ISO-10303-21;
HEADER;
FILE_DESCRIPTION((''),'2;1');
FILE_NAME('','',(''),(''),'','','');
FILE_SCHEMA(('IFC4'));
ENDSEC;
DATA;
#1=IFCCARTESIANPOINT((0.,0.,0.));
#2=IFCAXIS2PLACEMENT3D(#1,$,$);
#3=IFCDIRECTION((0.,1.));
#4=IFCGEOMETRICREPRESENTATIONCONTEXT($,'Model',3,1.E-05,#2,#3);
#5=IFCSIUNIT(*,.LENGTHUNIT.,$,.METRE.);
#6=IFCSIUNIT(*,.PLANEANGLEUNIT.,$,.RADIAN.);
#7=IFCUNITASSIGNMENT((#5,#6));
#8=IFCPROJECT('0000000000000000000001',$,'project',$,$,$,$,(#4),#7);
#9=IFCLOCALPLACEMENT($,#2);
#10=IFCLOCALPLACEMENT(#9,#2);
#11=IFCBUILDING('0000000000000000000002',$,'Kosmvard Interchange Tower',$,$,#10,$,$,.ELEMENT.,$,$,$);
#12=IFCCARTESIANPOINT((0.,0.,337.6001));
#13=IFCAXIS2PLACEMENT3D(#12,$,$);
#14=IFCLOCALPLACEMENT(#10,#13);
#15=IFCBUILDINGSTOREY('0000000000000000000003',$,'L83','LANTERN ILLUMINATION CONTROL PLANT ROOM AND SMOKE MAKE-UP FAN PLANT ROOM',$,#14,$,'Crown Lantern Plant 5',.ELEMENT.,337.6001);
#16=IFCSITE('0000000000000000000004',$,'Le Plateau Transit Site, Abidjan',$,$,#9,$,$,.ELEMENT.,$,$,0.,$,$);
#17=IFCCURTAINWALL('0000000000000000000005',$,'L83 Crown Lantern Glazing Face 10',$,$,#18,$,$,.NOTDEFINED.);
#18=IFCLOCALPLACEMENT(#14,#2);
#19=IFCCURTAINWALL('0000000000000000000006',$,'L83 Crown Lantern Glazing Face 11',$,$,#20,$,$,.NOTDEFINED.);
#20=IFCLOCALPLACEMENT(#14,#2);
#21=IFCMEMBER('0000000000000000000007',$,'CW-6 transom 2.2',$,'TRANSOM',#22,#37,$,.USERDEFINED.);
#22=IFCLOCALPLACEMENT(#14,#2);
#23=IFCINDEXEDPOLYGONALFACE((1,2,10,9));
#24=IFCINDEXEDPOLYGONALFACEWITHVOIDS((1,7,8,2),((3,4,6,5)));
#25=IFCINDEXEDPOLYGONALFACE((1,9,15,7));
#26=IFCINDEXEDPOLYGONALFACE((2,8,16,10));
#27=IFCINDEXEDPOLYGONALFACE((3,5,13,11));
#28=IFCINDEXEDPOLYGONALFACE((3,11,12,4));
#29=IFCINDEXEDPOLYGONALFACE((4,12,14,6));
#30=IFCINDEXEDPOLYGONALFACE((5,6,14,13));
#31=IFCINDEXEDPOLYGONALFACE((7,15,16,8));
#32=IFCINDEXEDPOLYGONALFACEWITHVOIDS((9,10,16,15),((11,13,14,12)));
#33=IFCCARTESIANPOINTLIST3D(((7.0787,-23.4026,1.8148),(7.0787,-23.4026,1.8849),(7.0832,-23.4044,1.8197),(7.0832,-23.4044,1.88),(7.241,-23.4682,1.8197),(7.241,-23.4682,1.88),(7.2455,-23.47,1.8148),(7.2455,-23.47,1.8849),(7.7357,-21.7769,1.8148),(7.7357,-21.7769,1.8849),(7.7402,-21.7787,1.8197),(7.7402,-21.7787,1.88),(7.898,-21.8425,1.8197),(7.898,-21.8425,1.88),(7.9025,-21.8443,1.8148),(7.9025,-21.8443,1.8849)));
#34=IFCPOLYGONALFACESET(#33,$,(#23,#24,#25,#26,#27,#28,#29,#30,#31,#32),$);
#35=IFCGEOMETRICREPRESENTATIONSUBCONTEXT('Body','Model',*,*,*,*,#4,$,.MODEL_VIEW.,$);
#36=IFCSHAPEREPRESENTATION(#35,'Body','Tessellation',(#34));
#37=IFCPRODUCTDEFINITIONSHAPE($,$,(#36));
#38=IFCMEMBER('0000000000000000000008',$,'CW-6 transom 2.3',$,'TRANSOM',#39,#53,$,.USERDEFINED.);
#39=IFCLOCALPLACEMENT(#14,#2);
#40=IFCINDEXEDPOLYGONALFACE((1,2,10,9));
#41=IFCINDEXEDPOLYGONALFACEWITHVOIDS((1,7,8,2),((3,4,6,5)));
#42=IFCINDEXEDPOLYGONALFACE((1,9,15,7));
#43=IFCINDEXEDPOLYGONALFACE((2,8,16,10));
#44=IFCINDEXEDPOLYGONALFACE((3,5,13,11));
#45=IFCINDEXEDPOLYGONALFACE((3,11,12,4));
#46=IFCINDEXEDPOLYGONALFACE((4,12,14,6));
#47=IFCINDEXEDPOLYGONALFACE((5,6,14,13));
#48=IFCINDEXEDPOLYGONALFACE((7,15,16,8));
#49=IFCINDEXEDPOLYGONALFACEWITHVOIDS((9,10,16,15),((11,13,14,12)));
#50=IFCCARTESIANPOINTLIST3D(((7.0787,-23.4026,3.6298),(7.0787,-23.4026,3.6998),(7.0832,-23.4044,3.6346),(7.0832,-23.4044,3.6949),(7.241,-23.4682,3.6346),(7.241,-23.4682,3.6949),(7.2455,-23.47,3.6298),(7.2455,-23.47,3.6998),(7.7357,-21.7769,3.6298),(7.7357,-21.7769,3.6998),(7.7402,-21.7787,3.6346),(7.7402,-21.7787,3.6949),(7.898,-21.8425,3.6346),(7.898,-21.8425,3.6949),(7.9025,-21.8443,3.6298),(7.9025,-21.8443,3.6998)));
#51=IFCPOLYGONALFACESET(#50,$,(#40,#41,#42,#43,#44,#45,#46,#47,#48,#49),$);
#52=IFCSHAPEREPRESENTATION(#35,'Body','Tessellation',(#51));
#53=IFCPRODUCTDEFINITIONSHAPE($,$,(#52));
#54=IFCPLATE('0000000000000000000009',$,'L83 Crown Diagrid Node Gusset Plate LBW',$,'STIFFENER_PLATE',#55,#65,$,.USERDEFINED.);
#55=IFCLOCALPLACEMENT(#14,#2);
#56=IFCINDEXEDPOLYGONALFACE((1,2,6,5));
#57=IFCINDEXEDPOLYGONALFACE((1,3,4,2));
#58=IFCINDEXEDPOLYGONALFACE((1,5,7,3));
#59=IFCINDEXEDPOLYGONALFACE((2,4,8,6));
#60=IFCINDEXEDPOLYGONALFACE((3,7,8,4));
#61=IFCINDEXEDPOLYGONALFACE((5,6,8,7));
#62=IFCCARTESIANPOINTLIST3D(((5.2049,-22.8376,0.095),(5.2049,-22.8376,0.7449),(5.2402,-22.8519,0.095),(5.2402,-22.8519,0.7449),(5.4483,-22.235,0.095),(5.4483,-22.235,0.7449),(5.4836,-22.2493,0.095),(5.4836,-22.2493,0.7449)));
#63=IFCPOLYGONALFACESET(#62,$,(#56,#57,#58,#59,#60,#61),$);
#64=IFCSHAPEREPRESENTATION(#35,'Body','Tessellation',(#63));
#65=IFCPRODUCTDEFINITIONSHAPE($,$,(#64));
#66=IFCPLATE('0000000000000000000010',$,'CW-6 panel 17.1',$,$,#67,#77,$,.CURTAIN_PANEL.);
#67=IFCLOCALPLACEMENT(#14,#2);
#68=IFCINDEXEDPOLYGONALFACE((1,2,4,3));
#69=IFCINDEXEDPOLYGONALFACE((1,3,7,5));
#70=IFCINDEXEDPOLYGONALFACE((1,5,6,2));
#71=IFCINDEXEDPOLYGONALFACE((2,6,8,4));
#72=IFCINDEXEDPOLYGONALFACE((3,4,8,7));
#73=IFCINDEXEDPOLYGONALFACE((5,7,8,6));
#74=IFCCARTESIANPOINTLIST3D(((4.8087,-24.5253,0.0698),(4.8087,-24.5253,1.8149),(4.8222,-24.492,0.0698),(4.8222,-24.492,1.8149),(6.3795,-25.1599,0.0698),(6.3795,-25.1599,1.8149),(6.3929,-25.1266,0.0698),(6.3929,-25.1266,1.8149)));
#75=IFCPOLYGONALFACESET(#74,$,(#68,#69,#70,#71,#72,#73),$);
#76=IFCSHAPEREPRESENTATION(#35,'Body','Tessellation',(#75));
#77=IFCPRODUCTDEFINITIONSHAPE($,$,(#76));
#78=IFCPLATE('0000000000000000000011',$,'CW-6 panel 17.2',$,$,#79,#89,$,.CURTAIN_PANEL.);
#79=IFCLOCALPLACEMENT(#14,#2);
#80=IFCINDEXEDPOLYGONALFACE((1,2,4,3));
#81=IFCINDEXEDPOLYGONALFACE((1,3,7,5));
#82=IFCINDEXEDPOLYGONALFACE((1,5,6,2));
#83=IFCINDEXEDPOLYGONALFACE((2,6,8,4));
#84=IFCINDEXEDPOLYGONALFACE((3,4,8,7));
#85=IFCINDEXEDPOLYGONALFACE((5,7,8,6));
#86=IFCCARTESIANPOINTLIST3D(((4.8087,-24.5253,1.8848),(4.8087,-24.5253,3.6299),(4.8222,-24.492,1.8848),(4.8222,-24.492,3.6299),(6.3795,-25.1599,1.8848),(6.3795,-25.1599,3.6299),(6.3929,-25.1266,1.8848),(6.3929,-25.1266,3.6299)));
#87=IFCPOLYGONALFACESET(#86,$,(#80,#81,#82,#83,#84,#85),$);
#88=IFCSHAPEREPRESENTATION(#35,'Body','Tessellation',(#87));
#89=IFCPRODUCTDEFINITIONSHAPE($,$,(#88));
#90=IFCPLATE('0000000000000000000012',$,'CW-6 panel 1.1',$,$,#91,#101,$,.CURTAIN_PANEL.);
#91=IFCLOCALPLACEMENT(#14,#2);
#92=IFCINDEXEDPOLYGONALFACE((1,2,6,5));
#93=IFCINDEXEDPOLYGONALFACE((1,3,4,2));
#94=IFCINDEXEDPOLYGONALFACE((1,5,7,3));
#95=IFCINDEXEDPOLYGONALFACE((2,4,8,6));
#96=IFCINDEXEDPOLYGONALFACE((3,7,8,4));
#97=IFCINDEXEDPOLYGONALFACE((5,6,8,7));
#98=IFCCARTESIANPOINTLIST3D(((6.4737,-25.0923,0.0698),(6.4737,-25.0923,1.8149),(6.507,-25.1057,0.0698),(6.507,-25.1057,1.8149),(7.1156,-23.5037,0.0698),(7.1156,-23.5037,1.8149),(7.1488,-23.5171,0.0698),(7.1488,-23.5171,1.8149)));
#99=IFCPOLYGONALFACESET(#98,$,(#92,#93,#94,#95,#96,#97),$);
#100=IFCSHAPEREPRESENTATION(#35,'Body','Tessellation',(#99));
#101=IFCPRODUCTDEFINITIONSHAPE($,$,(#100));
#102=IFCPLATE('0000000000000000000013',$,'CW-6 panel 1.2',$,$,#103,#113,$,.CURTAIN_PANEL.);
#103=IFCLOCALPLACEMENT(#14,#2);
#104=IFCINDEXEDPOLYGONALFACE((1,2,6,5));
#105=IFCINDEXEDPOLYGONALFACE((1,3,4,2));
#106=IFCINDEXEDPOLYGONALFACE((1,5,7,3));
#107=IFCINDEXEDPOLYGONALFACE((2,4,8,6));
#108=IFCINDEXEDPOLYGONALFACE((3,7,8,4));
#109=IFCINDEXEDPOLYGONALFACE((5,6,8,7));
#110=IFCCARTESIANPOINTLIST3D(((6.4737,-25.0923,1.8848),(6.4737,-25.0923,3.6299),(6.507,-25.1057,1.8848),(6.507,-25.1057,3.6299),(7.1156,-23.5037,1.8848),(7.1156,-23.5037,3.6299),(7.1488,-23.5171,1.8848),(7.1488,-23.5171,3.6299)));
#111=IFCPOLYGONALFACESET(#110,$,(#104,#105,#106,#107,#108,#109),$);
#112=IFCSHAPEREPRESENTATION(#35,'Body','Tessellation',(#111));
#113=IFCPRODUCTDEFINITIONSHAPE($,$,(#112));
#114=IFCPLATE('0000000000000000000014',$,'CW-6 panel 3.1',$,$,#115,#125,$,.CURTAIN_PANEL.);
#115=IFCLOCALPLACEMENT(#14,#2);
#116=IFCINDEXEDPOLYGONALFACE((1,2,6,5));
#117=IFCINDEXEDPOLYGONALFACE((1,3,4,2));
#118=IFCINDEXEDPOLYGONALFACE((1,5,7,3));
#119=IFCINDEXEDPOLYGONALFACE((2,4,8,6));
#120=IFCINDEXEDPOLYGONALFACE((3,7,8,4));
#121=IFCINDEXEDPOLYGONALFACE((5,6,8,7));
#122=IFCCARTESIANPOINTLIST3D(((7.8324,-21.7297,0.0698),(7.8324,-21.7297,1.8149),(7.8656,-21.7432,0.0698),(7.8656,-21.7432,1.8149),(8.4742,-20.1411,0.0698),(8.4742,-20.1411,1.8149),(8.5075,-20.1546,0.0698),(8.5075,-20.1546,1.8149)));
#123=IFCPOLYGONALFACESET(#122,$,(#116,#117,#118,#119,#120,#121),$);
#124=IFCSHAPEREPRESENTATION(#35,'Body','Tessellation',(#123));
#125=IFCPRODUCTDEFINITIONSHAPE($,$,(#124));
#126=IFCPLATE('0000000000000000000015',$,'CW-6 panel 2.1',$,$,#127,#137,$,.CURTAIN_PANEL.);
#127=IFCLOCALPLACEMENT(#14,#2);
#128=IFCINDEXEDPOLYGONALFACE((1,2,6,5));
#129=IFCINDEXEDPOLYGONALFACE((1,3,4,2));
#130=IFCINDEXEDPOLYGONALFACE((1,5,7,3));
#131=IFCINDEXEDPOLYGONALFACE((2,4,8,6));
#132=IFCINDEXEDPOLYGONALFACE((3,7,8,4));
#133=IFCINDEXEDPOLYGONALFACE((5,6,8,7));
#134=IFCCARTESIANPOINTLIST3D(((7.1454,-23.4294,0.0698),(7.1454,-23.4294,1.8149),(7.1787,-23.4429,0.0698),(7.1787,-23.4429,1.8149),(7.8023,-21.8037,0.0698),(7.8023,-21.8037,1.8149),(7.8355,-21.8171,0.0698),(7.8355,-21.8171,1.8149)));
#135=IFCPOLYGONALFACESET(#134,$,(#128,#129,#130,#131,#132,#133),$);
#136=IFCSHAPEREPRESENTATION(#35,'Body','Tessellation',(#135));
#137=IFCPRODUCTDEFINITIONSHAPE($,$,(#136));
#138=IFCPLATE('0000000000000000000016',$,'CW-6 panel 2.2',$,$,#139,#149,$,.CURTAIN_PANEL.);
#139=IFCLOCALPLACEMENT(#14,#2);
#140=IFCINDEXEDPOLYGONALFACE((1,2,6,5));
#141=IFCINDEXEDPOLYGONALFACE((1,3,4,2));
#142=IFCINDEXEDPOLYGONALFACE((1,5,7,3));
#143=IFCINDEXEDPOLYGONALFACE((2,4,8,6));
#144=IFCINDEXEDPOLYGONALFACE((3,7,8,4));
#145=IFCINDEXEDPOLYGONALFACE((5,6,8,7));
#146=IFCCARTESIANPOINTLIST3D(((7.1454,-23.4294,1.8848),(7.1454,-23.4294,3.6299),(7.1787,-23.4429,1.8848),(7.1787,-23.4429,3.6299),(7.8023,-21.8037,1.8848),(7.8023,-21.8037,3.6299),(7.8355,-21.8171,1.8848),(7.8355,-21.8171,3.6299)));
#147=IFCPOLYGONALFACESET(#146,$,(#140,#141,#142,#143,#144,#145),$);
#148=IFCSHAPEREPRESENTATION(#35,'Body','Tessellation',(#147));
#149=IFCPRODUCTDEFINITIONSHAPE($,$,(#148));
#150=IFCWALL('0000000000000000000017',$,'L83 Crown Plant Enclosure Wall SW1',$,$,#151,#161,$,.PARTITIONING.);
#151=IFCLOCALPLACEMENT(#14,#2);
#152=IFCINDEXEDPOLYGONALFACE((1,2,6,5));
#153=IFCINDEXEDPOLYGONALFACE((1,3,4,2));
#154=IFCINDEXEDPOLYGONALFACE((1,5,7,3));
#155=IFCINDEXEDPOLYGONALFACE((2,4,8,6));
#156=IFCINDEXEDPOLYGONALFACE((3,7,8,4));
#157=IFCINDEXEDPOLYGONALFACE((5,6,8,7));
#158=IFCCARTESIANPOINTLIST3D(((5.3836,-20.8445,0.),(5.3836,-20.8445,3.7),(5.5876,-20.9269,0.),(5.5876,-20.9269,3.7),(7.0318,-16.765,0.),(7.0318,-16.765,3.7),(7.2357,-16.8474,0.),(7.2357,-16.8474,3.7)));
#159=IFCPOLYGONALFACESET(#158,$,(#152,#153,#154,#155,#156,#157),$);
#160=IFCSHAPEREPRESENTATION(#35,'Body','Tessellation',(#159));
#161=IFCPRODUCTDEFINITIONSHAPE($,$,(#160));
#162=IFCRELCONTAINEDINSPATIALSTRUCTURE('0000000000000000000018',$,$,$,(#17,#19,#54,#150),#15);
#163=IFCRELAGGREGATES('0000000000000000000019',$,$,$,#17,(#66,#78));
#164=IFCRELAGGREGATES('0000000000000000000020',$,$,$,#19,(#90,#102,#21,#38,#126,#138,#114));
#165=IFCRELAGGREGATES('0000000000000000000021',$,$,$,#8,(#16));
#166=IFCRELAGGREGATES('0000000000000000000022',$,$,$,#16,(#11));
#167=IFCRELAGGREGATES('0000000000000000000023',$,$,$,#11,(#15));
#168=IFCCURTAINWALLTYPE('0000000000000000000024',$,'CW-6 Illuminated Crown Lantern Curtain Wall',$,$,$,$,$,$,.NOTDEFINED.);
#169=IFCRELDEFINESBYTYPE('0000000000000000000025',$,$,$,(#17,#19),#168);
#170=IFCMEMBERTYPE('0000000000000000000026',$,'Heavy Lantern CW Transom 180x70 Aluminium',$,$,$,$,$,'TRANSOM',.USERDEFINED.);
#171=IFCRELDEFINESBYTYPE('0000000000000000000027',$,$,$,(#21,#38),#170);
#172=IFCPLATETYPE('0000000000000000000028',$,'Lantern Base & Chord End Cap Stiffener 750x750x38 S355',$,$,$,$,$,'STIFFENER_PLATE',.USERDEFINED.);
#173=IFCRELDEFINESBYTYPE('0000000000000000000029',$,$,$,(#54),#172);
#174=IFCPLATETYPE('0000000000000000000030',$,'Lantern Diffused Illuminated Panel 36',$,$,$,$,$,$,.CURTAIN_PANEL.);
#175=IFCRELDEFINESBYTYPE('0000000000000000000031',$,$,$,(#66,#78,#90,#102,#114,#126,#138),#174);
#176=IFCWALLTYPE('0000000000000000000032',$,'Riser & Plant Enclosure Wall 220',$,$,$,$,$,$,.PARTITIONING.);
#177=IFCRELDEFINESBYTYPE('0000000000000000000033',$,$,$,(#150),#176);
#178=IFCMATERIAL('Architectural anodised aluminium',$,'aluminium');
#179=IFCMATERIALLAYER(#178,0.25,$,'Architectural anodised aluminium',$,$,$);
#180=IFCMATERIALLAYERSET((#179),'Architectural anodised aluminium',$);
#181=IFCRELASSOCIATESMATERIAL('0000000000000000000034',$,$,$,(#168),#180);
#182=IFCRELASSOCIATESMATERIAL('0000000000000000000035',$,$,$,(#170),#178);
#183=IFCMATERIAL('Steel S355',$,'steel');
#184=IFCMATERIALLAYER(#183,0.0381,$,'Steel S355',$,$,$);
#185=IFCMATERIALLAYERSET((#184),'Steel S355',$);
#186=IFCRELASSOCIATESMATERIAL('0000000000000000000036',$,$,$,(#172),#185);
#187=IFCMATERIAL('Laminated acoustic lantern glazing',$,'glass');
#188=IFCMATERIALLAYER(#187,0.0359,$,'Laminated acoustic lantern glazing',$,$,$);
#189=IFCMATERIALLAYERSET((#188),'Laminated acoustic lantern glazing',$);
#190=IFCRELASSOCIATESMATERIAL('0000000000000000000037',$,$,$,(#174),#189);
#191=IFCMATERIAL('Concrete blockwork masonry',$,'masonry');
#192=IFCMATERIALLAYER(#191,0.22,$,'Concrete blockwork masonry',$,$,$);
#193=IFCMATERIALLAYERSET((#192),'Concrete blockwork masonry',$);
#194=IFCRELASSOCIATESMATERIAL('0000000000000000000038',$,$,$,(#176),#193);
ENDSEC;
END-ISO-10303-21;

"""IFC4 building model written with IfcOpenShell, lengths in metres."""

from ifc_helpers import new_model, si_unit, direction, frame, frame_2d, origin, origin_2d, place, context, subcontext, project, spatial, rectangle, hollow_rectangle, extrude, source, transform, mapped, material, layer, layer_set, material_profile, profile_set, type_object, element, aggregate, save


model = new_model("IFC4")

# Units and contexts
model_context = context("Model", 3, precision=1e-05, world=origin(), true_north=direction((0.0, 1.0)))
body_context = subcontext(model_context, "Body", "Model", "MODEL_VIEW")
ifc_project = project(units=[si_unit("LENGTHUNIT", "METRE"), si_unit("PLANEANGLEUNIT", "RADIAN")], contexts=[model_context])

# Site, building, storey
site_placement = place(None, origin())
site = spatial("IfcSite", under=ifc_project, at=site_placement, Name="Le Plateau Transit Site, Abidjan", CompositionType="ELEMENT", RefElevation=0.0)
building_placement = place(site_placement, origin())
building = spatial("IfcBuilding", under=site, at=building_placement, Name="Kosmvard Interchange Tower", CompositionType="ELEMENT")
storey_placement = place(building_placement, frame((0.0, 0.0, 337.6001)))
storey = spatial("IfcBuildingStorey", under=building, at=storey_placement, Name="L83", Description="LANTERN ILLUMINATION CONTROL PLANT ROOM AND SMOKE MAKE-UP FAN PLANT ROOM", LongName="Crown Lantern Plant 5", CompositionType="ELEMENT", Elevation=337.6001)

# Curtain wall
ifc_material_1 = material(Name="Architectural anodised aluminium", Category="aluminium")
ifc_layer_1 = layer(ifc_material_1, 0.25, Name="Architectural anodised aluminium")
ifc_layer_set_1 = layer_set([ifc_layer_1], Name="Architectural anodised aluminium")
curtain_wall_type = type_object("IfcCurtainWallType", Name="CW-6 Illuminated Crown Lantern Curtain Wall", PredefinedType="NOTDEFINED", material=ifc_layer_set_1)
curtain_wall_1_placement = place(storey_placement, origin())
curtain_wall_1 = element("IfcCurtainWall", 1, at=curtain_wall_1_placement, inside=storey, type_object=curtain_wall_type, Name="L83 Crown Lantern Glazing Face 10", PredefinedType="NOTDEFINED")

# Curtain wall, members
curtain_wall_2_placement = place(storey_placement, origin())
curtain_wall_2 = element("IfcCurtainWall", 2, at=curtain_wall_2_placement, inside=storey, type_object=curtain_wall_type, Name="L83 Crown Lantern Glazing Face 11", PredefinedType="NOTDEFINED")
ifc_material_profile_1 = material_profile(ifc_material_1, hollow_rectangle(XDim=0.1799, YDim=0.0701, WallThickness=0.0049, at=origin_2d()), Name="CWT 180x70x5")
ifc_profile_set_1 = profile_set([ifc_material_profile_1], Name="Architectural anodised aluminium")
member_type_1 = type_object("IfcMemberType", Name="Heavy Lantern CW Transom 180x70 Aluminium", ElementType="TRANSOM", PredefinedType="USERDEFINED", material=ifc_profile_set_1)
shared_shape_1 = source(origin(), body_context, "Body", "SweptSolid", [
    extrude(hollow_rectangle(XDim=0.1799, YDim=0.0701, WallThickness=0.0049, at=origin_2d()), origin(), (0.0, 0.0, 1.0), 1.7534),
])
member_1_placement = place(storey_placement, frame((7.1621, -23.4363, 1.8499), z_axis=(0.374677, 0.927155, 0.0), x_axis=(-0.927155, 0.374677, 0.0)))
member_1 = element("IfcMember", 3, at=member_1_placement, type_object=member_type_1, Name="CW-6 transom 2.2", ObjectType="TRANSOM", PredefinedType="USERDEFINED", context=body_context, shape_type="MappedRepresentation", body=[
    mapped(shared_shape_1, transform((0.0, 0.0, 0.0), scale=1.0)),
])
member_2_placement = place(storey_placement, frame((7.1621, -23.4363, 3.6648), z_axis=(0.374677, 0.927155, 0.0), x_axis=(-0.927155, 0.374677, 0.0)))
member_2 = element("IfcMember", 4, at=member_2_placement, type_object=member_type_1, Name="CW-6 transom 2.3", ObjectType="TRANSOM", PredefinedType="USERDEFINED", context=body_context, shape_type="MappedRepresentation", body=[
    mapped(shared_shape_1, transform((0.0, 0.0, 0.0), scale=1.0)),
])

# Plates
ifc_material_2 = material(Name="Steel S355", Category="steel")
ifc_layer_2 = layer(ifc_material_2, 0.0381, Name="Steel S355")
ifc_layer_set_2 = layer_set([ifc_layer_2], Name="Steel S355")
plate_type_1 = type_object("IfcPlateType", Name="Lantern Base & Chord End Cap Stiffener 750x750x38 S355", ElementType="STIFFENER_PLATE", PredefinedType="USERDEFINED", material=ifc_layer_set_2)
shared_shape_2 = source(origin(), body_context, "Body", "SweptSolid", [
    extrude(rectangle(XDim=0.6499, YDim=0.0381, at=origin_2d()), origin(), (0.0, 0.0, 1.0), 0.6499),
])
plate_1_placement = place(storey_placement, frame((5.3442, -22.5435, 0.095), z_axis=(0.0, 0.0, 1.0), x_axis=(0.374607, 0.927184, 0.0)))
element("IfcPlate", 5, at=plate_1_placement, inside=storey, type_object=plate_type_1, Name="L83 Crown Diagrid Node Gusset Plate LBW", ObjectType="STIFFENER_PLATE", PredefinedType="USERDEFINED", context=body_context, shape_type="MappedRepresentation", body=[
    mapped(shared_shape_2, transform((0.0, 0.0, 0.0), scale=1.0)),
])
ifc_material_3 = material(Name="Laminated acoustic lantern glazing", Category="glass")
ifc_layer_3 = layer(ifc_material_3, 0.0359, Name="Laminated acoustic lantern glazing")
ifc_layer_set_3 = layer_set([ifc_layer_3], Name="Laminated acoustic lantern glazing")
plate_type_2 = type_object("IfcPlateType", Name="Lantern Diffused Illuminated Panel 36", PredefinedType="CURTAIN_PANEL", material=ifc_layer_set_3)
shared_shape_3 = source(origin(), body_context, "Body", "SweptSolid", [
    extrude(rectangle(XDim=1.6941, YDim=0.0359, at=origin_2d()), origin(), (0.0, 0.0, 1.0), 1.7451),
])
plate_2_placement = place(storey_placement, frame((5.6008, -24.8259, 0.0698), z_axis=(0.0, 0.0, 1.0), x_axis=(0.927184, -0.374607, 0.0)))
plate_2 = element("IfcPlate", 6, at=plate_2_placement, type_object=plate_type_2, Name="CW-6 panel 17.1", PredefinedType="CURTAIN_PANEL", context=body_context, shape_type="MappedRepresentation", body=[
    mapped(shared_shape_3, transform((0.0, 0.0, 0.0), scale=1.0)),
])
plate_3_placement = place(storey_placement, frame((5.6008, -24.8259, 1.8848), z_axis=(0.0, 0.0, 1.0), x_axis=(0.927184, -0.374607, 0.0)))
plate_3 = element("IfcPlate", 7, at=plate_3_placement, type_object=plate_type_2, Name="CW-6 panel 17.2", PredefinedType="CURTAIN_PANEL", context=body_context, shape_type="MappedRepresentation", body=[
    mapped(shared_shape_3, transform((0.0, 0.0, 0.0), scale=1.0)),
])
aggregate(curtain_wall_1, [plate_2, plate_3])
shared_shape_4 = source(origin(), body_context, "Body", "SweptSolid", [
    extrude(rectangle(XDim=1.7134, YDim=0.0359, at=origin_2d()), origin(), (0.0, 0.0, 1.0), 1.7451),
])
plate_4_placement = place(storey_placement, frame((6.8113, -24.3047, 0.0698), z_axis=(0.0, 0.0, 1.0), x_axis=(0.374607, 0.927184, 0.0)))
plate_4 = element("IfcPlate", 8, at=plate_4_placement, type_object=plate_type_2, Name="CW-6 panel 1.1", PredefinedType="CURTAIN_PANEL", context=body_context, shape_type="MappedRepresentation", body=[
    mapped(shared_shape_4, transform((0.0, 0.0, 0.0), scale=1.0)),
])
plate_5_placement = place(storey_placement, frame((6.8113, -24.3047, 1.8848), z_axis=(0.0, 0.0, 1.0), x_axis=(0.374607, 0.927184, 0.0)))
plate_5 = element("IfcPlate", 9, at=plate_5_placement, type_object=plate_type_2, Name="CW-6 panel 1.2", PredefinedType="CURTAIN_PANEL", context=body_context, shape_type="MappedRepresentation", body=[
    mapped(shared_shape_4, transform((0.0, 0.0, 0.0), scale=1.0)),
])
plate_6_placement = place(storey_placement, frame((8.1699, -20.9421, 0.0698), z_axis=(0.0, 0.0, 1.0), x_axis=(0.374607, 0.927184, 0.0)))
plate_6 = element("IfcPlate", 10, at=plate_6_placement, type_object=plate_type_2, Name="CW-6 panel 3.1", PredefinedType="CURTAIN_PANEL", context=body_context, shape_type="MappedRepresentation", body=[
    mapped(shared_shape_4, transform((0.0, 0.0, 0.0), scale=1.0)),
])
shared_shape_5 = source(origin(), body_context, "Body", "SweptSolid", [
    extrude(rectangle(XDim=1.7534, YDim=0.0359, at=origin_2d()), origin(), (0.0, 0.0, 1.0), 1.7451),
])
plate_7_placement = place(storey_placement, frame((7.4905, -22.6233, 0.0698), z_axis=(0.0, 0.0, 1.0), x_axis=(0.374607, 0.927184, 0.0)))
plate_7 = element("IfcPlate", 11, at=plate_7_placement, type_object=plate_type_2, Name="CW-6 panel 2.1", PredefinedType="CURTAIN_PANEL", context=body_context, shape_type="MappedRepresentation", body=[
    mapped(shared_shape_5, transform((0.0, 0.0, 0.0), scale=1.0)),
])
plate_8_placement = place(storey_placement, frame((7.4905, -22.6233, 1.8848), z_axis=(0.0, 0.0, 1.0), x_axis=(0.374607, 0.927184, 0.0)))
plate_8 = element("IfcPlate", 12, at=plate_8_placement, type_object=plate_type_2, Name="CW-6 panel 2.2", PredefinedType="CURTAIN_PANEL", context=body_context, shape_type="MappedRepresentation", body=[
    mapped(shared_shape_5, transform((0.0, 0.0, 0.0), scale=1.0)),
])
aggregate(curtain_wall_2, [plate_4, plate_5, member_1, member_2, plate_7, plate_8, plate_6])

# Wall
ifc_material_4 = material(Name="Concrete blockwork masonry", Category="masonry")
ifc_layer_4 = layer(ifc_material_4, 0.22, Name="Concrete blockwork masonry")
ifc_layer_set_4 = layer_set([ifc_layer_4], Name="Concrete blockwork masonry")
wall_type = type_object("IfcWallType", Name="Riser & Plant Enclosure Wall 220", PredefinedType="PARTITIONING", material=ifc_layer_set_4)
wall_placement = place(storey_placement, frame((5.4856, -20.8857, 0.0), z_axis=(0.0, 0.0, 1.0), x_axis=(0.374593, 0.927189, 0.0)))
element("IfcWall", 13, at=wall_placement, inside=storey, type_object=wall_type, Name="L83 Crown Plant Enclosure Wall SW1", PredefinedType="PARTITIONING", context=body_context, shape_type="SweptSolid", body=[
    extrude(rectangle(XDim=4.3999, YDim=0.22, at=frame_2d((2.2, 0.0))), origin(), (0.0, 0.0, 1.0), 3.7),
])

save(model, "model.ifc")
